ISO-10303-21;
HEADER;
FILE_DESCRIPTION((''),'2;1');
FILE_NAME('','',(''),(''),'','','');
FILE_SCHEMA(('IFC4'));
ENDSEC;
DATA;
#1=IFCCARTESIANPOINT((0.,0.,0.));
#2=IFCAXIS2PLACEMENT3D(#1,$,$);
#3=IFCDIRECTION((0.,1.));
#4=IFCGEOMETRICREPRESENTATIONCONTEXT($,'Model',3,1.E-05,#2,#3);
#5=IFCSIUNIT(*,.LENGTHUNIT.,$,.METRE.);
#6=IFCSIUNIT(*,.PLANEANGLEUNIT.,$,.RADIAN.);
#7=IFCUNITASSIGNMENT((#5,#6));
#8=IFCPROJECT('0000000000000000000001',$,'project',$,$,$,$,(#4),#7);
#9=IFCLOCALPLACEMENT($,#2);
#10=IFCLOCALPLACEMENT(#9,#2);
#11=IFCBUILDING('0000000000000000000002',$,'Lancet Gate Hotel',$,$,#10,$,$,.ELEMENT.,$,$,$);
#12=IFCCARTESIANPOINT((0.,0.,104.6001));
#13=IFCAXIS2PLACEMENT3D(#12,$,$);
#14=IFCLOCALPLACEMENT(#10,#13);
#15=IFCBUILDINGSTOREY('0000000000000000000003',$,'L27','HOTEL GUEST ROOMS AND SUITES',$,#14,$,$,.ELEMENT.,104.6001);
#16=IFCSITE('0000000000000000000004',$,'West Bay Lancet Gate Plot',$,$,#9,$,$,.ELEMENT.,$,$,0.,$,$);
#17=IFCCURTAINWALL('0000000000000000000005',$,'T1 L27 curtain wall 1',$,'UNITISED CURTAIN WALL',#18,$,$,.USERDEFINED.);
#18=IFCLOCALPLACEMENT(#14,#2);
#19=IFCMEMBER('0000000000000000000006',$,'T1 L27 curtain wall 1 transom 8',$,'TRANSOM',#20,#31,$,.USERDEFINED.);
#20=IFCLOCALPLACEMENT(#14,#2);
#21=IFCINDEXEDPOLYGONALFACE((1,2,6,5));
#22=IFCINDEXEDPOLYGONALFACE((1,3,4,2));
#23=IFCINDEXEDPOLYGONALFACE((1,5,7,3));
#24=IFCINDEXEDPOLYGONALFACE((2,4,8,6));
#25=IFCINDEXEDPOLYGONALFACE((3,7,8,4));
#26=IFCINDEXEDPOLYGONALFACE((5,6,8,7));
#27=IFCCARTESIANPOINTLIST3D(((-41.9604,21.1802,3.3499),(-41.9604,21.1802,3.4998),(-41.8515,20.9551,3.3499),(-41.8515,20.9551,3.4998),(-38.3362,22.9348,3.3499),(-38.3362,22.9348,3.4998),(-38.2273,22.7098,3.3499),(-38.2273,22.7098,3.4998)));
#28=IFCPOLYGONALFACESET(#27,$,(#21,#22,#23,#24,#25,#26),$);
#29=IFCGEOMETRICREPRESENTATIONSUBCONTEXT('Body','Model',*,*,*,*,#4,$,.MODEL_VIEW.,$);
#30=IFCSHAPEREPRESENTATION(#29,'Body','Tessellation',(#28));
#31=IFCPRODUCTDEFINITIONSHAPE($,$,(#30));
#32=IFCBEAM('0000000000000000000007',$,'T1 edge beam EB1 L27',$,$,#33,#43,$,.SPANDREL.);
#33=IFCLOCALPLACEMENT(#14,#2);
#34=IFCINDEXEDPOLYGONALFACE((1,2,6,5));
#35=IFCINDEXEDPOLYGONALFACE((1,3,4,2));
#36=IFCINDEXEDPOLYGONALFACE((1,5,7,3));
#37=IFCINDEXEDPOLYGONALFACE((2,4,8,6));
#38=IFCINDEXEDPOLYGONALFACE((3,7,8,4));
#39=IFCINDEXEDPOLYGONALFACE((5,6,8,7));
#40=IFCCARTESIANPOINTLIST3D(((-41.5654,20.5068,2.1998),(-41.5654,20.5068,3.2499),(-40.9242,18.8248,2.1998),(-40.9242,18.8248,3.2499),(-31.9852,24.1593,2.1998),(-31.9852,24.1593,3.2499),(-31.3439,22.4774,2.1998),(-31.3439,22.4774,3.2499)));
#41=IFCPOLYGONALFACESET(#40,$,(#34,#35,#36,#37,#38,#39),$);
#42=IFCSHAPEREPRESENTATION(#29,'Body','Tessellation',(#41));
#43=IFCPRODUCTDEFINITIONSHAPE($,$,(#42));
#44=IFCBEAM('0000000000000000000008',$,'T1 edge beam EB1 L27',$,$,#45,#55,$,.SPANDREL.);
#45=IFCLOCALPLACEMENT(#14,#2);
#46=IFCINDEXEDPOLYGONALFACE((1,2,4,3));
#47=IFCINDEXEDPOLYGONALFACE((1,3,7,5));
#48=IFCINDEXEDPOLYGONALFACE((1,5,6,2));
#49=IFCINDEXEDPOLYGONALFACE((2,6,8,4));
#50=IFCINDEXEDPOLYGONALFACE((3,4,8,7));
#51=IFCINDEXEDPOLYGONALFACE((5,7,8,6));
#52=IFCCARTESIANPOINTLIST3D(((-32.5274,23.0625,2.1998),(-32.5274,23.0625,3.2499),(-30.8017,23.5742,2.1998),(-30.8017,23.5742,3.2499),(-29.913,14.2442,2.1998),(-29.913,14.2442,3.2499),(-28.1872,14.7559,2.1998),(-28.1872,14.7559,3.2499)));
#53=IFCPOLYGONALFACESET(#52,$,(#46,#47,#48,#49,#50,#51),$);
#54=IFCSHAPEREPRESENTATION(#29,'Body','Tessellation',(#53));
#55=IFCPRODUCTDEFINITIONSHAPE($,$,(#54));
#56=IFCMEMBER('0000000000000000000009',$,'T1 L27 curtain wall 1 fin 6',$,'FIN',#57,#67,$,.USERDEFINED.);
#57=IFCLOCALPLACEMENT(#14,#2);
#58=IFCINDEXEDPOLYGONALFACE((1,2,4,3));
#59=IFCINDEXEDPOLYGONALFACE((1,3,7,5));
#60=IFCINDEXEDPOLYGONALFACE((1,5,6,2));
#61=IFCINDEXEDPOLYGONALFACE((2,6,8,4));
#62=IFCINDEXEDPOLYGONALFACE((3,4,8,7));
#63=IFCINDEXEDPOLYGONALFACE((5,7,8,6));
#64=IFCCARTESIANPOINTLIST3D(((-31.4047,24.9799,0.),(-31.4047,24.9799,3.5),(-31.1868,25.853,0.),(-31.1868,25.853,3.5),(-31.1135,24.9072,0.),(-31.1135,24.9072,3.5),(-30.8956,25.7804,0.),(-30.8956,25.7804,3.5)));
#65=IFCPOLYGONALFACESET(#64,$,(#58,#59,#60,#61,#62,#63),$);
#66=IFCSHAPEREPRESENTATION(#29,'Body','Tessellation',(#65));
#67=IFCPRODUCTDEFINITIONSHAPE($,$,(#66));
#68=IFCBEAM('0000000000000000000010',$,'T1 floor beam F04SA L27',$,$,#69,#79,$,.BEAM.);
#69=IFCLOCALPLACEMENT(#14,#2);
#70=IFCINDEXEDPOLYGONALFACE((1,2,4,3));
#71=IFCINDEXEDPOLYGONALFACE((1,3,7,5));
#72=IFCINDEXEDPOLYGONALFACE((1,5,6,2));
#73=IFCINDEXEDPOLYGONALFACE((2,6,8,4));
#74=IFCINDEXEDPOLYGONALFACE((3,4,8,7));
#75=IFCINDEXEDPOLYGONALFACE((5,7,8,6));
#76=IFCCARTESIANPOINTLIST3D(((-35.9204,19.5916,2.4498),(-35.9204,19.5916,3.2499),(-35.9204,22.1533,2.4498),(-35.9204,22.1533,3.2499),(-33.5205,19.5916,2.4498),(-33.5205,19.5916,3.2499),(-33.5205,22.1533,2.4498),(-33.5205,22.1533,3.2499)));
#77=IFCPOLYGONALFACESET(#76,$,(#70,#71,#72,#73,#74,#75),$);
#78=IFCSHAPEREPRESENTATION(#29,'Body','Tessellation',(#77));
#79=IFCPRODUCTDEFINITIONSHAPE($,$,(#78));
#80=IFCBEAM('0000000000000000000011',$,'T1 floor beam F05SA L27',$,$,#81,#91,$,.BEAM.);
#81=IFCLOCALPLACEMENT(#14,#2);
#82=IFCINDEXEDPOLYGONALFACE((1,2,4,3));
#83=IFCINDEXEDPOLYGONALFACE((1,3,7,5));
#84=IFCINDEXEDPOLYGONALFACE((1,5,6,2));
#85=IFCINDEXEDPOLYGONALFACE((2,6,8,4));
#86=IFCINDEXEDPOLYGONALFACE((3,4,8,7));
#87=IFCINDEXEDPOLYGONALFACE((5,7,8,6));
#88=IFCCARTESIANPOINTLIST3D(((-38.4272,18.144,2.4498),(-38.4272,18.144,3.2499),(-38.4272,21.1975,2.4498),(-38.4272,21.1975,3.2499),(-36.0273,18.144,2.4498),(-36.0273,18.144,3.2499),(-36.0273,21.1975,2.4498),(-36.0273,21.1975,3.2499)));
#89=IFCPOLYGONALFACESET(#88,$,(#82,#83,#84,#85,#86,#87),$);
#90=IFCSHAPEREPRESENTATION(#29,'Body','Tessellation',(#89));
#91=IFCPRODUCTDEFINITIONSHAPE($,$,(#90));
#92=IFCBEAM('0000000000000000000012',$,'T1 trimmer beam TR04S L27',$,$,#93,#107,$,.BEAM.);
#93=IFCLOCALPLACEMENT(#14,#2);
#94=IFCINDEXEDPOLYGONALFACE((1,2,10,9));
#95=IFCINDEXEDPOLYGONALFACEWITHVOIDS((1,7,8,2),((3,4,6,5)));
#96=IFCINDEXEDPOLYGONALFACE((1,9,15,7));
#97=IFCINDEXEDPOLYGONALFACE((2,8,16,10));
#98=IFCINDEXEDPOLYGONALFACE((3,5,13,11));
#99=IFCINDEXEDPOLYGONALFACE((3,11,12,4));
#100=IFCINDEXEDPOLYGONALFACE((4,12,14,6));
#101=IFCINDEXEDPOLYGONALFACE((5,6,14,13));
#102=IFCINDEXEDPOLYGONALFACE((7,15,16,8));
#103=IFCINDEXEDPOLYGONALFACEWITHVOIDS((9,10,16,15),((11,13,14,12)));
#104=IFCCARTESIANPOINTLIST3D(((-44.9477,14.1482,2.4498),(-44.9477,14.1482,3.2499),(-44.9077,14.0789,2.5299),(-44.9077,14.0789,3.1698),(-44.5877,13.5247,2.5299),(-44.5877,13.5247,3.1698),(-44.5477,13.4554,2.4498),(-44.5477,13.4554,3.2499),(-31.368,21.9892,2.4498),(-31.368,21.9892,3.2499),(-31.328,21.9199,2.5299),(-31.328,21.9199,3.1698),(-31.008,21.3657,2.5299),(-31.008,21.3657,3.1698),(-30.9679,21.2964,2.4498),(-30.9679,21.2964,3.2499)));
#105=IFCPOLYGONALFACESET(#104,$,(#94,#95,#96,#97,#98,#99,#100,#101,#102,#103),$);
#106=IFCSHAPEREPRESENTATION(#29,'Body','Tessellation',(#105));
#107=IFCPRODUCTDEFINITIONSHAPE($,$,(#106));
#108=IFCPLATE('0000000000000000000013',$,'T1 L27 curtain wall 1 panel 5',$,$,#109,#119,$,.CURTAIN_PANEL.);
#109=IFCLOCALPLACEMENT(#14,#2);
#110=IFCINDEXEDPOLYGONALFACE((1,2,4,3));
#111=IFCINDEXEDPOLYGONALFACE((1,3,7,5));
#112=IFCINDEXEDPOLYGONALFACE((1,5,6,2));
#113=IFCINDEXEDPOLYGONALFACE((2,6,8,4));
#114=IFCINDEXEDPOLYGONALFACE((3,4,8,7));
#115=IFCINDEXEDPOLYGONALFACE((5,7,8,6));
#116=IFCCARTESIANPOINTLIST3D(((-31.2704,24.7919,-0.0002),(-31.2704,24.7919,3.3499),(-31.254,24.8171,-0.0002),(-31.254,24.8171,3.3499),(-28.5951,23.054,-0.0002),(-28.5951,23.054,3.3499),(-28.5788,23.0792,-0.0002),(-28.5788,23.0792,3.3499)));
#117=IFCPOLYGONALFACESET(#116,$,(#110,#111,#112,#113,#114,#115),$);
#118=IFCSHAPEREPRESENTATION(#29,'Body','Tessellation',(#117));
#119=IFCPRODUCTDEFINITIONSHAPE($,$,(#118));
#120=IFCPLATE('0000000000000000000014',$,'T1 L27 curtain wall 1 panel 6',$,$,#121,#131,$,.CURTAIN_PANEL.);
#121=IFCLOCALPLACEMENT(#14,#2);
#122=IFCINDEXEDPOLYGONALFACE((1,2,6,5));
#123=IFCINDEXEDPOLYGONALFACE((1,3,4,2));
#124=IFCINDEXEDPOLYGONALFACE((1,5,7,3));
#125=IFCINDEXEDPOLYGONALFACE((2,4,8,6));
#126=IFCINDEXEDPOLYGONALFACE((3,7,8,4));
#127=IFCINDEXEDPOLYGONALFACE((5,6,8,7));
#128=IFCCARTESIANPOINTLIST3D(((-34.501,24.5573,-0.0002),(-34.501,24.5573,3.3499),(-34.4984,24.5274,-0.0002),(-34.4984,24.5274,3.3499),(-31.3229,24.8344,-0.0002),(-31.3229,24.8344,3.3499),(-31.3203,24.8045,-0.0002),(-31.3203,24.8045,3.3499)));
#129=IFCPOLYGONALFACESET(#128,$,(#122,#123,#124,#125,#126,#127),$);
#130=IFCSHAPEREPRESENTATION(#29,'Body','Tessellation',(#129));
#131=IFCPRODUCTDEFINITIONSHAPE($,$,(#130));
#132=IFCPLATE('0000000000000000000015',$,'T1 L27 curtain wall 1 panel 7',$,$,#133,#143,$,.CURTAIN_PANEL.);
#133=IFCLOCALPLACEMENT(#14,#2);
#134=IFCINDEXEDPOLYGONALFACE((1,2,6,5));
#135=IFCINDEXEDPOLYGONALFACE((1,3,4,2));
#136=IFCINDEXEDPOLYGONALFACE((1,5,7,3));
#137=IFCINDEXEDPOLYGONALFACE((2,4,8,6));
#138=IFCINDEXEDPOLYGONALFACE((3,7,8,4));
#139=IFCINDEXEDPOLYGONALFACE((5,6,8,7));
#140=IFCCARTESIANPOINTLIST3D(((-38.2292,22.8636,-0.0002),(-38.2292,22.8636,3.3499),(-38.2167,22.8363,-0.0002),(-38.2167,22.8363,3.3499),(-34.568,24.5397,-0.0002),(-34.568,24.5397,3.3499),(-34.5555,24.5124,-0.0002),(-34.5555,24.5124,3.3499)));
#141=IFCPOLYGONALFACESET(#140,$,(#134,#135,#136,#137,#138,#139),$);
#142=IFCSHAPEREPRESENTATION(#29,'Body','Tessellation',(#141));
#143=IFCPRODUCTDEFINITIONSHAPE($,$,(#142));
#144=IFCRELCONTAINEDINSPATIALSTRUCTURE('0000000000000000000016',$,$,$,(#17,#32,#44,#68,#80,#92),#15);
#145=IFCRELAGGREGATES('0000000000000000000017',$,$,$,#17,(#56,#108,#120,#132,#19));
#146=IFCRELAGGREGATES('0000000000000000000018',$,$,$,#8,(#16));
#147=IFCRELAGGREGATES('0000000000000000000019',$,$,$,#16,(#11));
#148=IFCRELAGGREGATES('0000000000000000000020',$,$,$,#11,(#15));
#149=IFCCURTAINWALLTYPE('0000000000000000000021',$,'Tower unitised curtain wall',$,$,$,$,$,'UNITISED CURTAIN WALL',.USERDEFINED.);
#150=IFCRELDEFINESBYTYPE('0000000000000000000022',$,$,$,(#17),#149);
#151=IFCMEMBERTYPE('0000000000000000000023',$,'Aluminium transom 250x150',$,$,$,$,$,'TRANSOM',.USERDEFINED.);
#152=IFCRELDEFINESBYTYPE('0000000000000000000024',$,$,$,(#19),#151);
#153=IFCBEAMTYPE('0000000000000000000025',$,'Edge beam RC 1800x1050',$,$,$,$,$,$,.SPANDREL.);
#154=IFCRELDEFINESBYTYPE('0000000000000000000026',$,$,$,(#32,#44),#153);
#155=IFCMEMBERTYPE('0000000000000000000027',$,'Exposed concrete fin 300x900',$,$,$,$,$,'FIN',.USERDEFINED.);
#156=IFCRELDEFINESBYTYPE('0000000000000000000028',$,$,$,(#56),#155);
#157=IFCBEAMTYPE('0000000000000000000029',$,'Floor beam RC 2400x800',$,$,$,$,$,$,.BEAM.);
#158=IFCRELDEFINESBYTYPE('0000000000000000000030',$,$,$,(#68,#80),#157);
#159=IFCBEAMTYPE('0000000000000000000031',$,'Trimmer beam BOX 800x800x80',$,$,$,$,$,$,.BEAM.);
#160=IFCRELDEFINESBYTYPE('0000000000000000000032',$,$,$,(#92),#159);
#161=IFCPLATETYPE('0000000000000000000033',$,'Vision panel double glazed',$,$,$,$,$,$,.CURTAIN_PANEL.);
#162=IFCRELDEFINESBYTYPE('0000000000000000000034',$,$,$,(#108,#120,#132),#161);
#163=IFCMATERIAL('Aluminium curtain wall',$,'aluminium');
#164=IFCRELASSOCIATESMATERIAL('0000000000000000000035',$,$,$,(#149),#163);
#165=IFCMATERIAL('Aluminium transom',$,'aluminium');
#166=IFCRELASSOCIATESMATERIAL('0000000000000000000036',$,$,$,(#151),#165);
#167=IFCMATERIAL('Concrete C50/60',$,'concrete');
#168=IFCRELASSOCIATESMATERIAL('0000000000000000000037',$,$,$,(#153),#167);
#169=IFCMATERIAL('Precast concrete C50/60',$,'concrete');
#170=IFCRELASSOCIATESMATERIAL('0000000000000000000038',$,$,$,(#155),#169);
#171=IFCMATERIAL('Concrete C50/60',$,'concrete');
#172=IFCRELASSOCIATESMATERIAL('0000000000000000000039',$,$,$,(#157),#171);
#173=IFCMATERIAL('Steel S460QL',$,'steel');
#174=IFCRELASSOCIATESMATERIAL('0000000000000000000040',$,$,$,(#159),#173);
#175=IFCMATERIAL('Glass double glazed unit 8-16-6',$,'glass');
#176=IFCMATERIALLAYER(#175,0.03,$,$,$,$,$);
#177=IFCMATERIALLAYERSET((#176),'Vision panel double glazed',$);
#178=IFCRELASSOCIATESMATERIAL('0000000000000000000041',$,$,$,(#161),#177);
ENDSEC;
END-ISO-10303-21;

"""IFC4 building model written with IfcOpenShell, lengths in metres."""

from ifc_helpers import new_model, si_unit, direction, frame, origin, origin_2d, place, context, subcontext, project, spatial, rectangle, hollow_rectangle, extrude, material, layer, layer_set, material_profile, profile_set, type_object, element, aggregate, save


model = new_model("IFC4")

# Units and contexts
model_context = context("Model", 3, precision=1e-05, world=origin(), true_north=direction((0.0, 1.0)))
body_context = subcontext(model_context, "Body", "Model", "MODEL_VIEW")
ifc_project = project(units=[si_unit("LENGTHUNIT", "METRE"), si_unit("PLANEANGLEUNIT", "RADIAN")], contexts=[model_context])

# Site, building, storey
site_placement = place(None, origin())
site = spatial("IfcSite", under=ifc_project, at=site_placement, Name="West Bay Lancet Gate Plot", CompositionType="ELEMENT", RefElevation=0.0)
building_placement = place(site_placement, origin())
building = spatial("IfcBuilding", under=site, at=building_placement, Name="Lancet Gate Hotel", CompositionType="ELEMENT")
storey_placement = place(building_placement, frame((0.0, 0.0, 104.6001)))
storey = spatial("IfcBuildingStorey", under=building, at=storey_placement, Name="L27", Description="HOTEL GUEST ROOMS AND SUITES", CompositionType="ELEMENT", Elevation=104.6001)

# Curtain wall, member
ifc_material_1 = material(Name="Aluminium curtain wall", Category="aluminium")
curtain_wall_type = type_object("IfcCurtainWallType", Name="Tower unitised curtain wall", ElementType="UNITISED CURTAIN WALL", PredefinedType="USERDEFINED", material=ifc_material_1)
curtain_wall_placement = place(storey_placement, origin())
curtain_wall = element("IfcCurtainWall", 1, at=curtain_wall_placement, inside=storey, type_object=curtain_wall_type, Name="T1 L27 curtain wall 1", ObjectType="UNITISED CURTAIN WALL", PredefinedType="USERDEFINED")
ifc_material_2 = material(Name="Aluminium transom", Category="aluminium")
ifc_material_profile_1 = material_profile(ifc_material_2, rectangle(XDim=0.25, YDim=0.1499, at=origin_2d()), Name="TRANSOM 250x150")
ifc_profile_set_1 = profile_set([ifc_material_profile_1], Name="Aluminium transom")
member_type_1 = type_object("IfcMemberType", Name="Aluminium transom 250x150", ElementType="TRANSOM", PredefinedType="USERDEFINED", material=ifc_profile_set_1)
member_1_placement = place(storey_placement, frame((-38.2817, 22.8223, 3.4248), z_axis=(-0.900066, -0.435754, 0.0), x_axis=(0.435754, -0.900066, 0.0)))
member_1 = element("IfcMember", 2, at=member_1_placement, type_object=member_type_1, Name="T1 L27 curtain wall 1 transom 8", ObjectType="TRANSOM", PredefinedType="USERDEFINED", context=body_context, shape_type="SweptSolid", body=[
    extrude(rectangle(XDim=0.25, YDim=0.1499, at=origin_2d()), origin(), (0.0, 0.0, 1.0), 4.0266),
])

# Beams
ifc_material_3 = material(Name="Concrete C50/60", Category="concrete")
ifc_material_profile_2 = material_profile(ifc_material_3, rectangle(XDim=1.8, YDim=1.05, at=origin_2d()), Name="RC 1800x1050")
ifc_profile_set_2 = profile_set([ifc_material_profile_2], Name="Concrete C50/60")
beam_type_1 = type_object("IfcBeamType", Name="Edge beam RC 1800x1050", PredefinedType="SPANDREL", material=ifc_profile_set_2)
beam_1_placement = place(storey_placement, frame((-31.6646, 23.3184, 2.7249), z_axis=(-0.934392, -0.356246, 0.0), x_axis=(0.356246, -0.934392, 0.0)))
element("IfcBeam", 3, at=beam_1_placement, inside=storey, type_object=beam_type_1, Name="T1 edge beam EB1 L27", PredefinedType="SPANDREL", context=body_context, shape_type="SweptSolid", body=[
    extrude(rectangle(XDim=1.8, YDim=1.05, at=origin_2d()), origin(), (0.0, 0.0, 1.0), 10.2529),
])
beam_2_placement = place(storey_placement, frame((-31.6646, 23.3184, 2.7249), z_axis=(0.284254, -0.958749, 0.0), x_axis=(0.958749, 0.284254, 0.0)))
element("IfcBeam", 4, at=beam_2_placement, inside=storey, type_object=beam_type_1, Name="T1 edge beam EB1 L27", PredefinedType="SPANDREL", context=body_context, shape_type="SweptSolid", body=[
    extrude(rectangle(XDim=1.8, YDim=1.05, at=origin_2d()), origin(), (0.0, 0.0, 1.0), 9.1978),
])

# Member
ifc_material_4 = material(Name="Precast concrete C50/60", Category="concrete")
ifc_material_profile_3 = material_profile(ifc_material_4, rectangle(XDim=0.3, YDim=0.8999, at=origin_2d()), Name="FIN 300x900")
ifc_profile_set_3 = profile_set([ifc_material_profile_3], Name="Precast concrete C50/60")
member_type_2 = type_object("IfcMemberType", Name="Exposed concrete fin 300x900", ElementType="FIN", PredefinedType="USERDEFINED", material=ifc_profile_set_3)
member_2_placement = place(storey_placement, frame((-31.1501, 25.3801, 0.0), z_axis=(0.0, 0.0, 1.0), x_axis=(-0.970242, 0.242137, 0.0)))
member_2 = element("IfcMember", 5, at=member_2_placement, type_object=member_type_2, Name="T1 L27 curtain wall 1 fin 6", ObjectType="FIN", PredefinedType="USERDEFINED", context=body_context, shape_type="SweptSolid", body=[
    extrude(rectangle(XDim=0.3, YDim=0.8999, at=origin_2d()), origin(), (0.0, 0.0, 1.0), 3.5),
])

# Beams
ifc_material_5 = material(Name="Concrete C50/60", Category="concrete")
ifc_material_profile_4 = material_profile(ifc_material_5, rectangle(XDim=2.3999, YDim=0.8, at=origin_2d()), Name="RC 2400x800")
ifc_profile_set_4 = profile_set([ifc_material_profile_4], Name="Concrete C50/60")
beam_type_2 = type_object("IfcBeamType", Name="Floor beam RC 2400x800", PredefinedType="BEAM", material=ifc_profile_set_4)
beam_3_placement = place(storey_placement, frame((-34.7205, 22.1533, 2.8499), z_axis=(0.0, -1.0, 0.0), x_axis=(1.0, 0.0, 0.0)))
element("IfcBeam", 6, at=beam_3_placement, inside=storey, type_object=beam_type_2, Name="T1 floor beam F04SA L27", PredefinedType="BEAM", context=body_context, shape_type="SweptSolid", body=[
    extrude(rectangle(XDim=2.3999, YDim=0.8, at=origin_2d()), origin(), (0.0, 0.0, 1.0), 2.5618),
])
beam_4_placement = place(storey_placement, frame((-37.2273, 21.1975, 2.8499), z_axis=(0.0, -1.0, 0.0), x_axis=(1.0, 0.0, 0.0)))
element("IfcBeam", 7, at=beam_4_placement, inside=storey, type_object=beam_type_2, Name="T1 floor beam F05SA L27", PredefinedType="BEAM", context=body_context, shape_type="SweptSolid", body=[
    extrude(rectangle(XDim=2.3999, YDim=0.8, at=origin_2d()), origin(), (0.0, 0.0, 1.0), 3.0535),
])
ifc_material_6 = material(Name="Steel S460QL", Category="steel")
ifc_material_profile_5 = material_profile(ifc_material_6, hollow_rectangle(XDim=0.8, YDim=0.8, WallThickness=0.0801, at=origin_2d()), Name="BOX 800x800x80")
ifc_profile_set_5 = profile_set([ifc_material_profile_5], Name="Steel S460QL")
beam_type_3 = type_object("IfcBeamType", Name="Trimmer beam BOX 800x800x80", PredefinedType="BEAM", material=ifc_profile_set_5)
beam_5_placement = place(storey_placement, frame((-31.168, 21.6428, 2.8499), z_axis=(-0.866005, -0.500036, 0.0), x_axis=(0.500036, -0.866005, 0.0)))
element("IfcBeam", 8, at=beam_5_placement, inside=storey, type_object=beam_type_3, Name="T1 trimmer beam TR04S L27", PredefinedType="BEAM", context=body_context, shape_type="SweptSolid", body=[
    extrude(hollow_rectangle(XDim=0.8, YDim=0.8, WallThickness=0.0801, at=origin_2d()), origin(), (0.0, 0.0, 1.0), 15.6809),
])

# Plates
ifc_material_7 = material(Name="Glass double glazed unit 8-16-6", Category="glass")
ifc_layer = layer(ifc_material_7, 0.03)
ifc_layer_set = layer_set([ifc_layer], Name="Vision panel double glazed")
plate_type = type_object("IfcPlateType", Name="Vision panel double glazed", PredefinedType="CURTAIN_PANEL", material=ifc_layer_set)
plate_1_placement = place(storey_placement, frame((-29.9246, 23.9355, -0.0002), z_axis=(0.0, 0.0, 1.0), x_axis=(-0.83858, 0.544778, 0.0)))
plate_1 = element("IfcPlate", 9, at=plate_1_placement, type_object=plate_type, Name="T1 L27 curtain wall 1 panel 5", PredefinedType="CURTAIN_PANEL", context=body_context, shape_type="SweptSolid", body=[
    extrude(rectangle(XDim=3.1902, YDim=0.03, at=origin_2d()), origin(), (0.0, 0.0, 1.0), 3.3501),
])
plate_2_placement = place(storey_placement, frame((-32.9106, 24.6809, -0.0002), z_axis=(0.0, 0.0, 1.0), x_axis=(-0.996219, -0.08688, 0.0)))
plate_2 = element("IfcPlate", 10, at=plate_2_placement, type_object=plate_type, Name="T1 L27 curtain wall 1 panel 6", PredefinedType="CURTAIN_PANEL", context=body_context, shape_type="SweptSolid", body=[
    extrude(rectangle(XDim=3.1902, YDim=0.03, at=origin_2d()), origin(), (0.0, 0.0, 1.0), 3.3501),
])
plate_3_placement = place(storey_placement, frame((-36.3923, 23.688, -0.0002), z_axis=(0.0, 0.0, 1.0), x_axis=(-0.909253, -0.416245, 0.0)))
plate_3 = element("IfcPlate", 11, at=plate_3_placement, type_object=plate_type, Name="T1 L27 curtain wall 1 panel 7", PredefinedType="CURTAIN_PANEL", context=body_context, shape_type="SweptSolid", body=[
    extrude(rectangle(XDim=4.0266, YDim=0.03, at=origin_2d()), origin(), (0.0, 0.0, 1.0), 3.3501),
])
aggregate(curtain_wall, [member_2, plate_1, plate_2, plate_3, member_1])

save(model, "model.ifc")
